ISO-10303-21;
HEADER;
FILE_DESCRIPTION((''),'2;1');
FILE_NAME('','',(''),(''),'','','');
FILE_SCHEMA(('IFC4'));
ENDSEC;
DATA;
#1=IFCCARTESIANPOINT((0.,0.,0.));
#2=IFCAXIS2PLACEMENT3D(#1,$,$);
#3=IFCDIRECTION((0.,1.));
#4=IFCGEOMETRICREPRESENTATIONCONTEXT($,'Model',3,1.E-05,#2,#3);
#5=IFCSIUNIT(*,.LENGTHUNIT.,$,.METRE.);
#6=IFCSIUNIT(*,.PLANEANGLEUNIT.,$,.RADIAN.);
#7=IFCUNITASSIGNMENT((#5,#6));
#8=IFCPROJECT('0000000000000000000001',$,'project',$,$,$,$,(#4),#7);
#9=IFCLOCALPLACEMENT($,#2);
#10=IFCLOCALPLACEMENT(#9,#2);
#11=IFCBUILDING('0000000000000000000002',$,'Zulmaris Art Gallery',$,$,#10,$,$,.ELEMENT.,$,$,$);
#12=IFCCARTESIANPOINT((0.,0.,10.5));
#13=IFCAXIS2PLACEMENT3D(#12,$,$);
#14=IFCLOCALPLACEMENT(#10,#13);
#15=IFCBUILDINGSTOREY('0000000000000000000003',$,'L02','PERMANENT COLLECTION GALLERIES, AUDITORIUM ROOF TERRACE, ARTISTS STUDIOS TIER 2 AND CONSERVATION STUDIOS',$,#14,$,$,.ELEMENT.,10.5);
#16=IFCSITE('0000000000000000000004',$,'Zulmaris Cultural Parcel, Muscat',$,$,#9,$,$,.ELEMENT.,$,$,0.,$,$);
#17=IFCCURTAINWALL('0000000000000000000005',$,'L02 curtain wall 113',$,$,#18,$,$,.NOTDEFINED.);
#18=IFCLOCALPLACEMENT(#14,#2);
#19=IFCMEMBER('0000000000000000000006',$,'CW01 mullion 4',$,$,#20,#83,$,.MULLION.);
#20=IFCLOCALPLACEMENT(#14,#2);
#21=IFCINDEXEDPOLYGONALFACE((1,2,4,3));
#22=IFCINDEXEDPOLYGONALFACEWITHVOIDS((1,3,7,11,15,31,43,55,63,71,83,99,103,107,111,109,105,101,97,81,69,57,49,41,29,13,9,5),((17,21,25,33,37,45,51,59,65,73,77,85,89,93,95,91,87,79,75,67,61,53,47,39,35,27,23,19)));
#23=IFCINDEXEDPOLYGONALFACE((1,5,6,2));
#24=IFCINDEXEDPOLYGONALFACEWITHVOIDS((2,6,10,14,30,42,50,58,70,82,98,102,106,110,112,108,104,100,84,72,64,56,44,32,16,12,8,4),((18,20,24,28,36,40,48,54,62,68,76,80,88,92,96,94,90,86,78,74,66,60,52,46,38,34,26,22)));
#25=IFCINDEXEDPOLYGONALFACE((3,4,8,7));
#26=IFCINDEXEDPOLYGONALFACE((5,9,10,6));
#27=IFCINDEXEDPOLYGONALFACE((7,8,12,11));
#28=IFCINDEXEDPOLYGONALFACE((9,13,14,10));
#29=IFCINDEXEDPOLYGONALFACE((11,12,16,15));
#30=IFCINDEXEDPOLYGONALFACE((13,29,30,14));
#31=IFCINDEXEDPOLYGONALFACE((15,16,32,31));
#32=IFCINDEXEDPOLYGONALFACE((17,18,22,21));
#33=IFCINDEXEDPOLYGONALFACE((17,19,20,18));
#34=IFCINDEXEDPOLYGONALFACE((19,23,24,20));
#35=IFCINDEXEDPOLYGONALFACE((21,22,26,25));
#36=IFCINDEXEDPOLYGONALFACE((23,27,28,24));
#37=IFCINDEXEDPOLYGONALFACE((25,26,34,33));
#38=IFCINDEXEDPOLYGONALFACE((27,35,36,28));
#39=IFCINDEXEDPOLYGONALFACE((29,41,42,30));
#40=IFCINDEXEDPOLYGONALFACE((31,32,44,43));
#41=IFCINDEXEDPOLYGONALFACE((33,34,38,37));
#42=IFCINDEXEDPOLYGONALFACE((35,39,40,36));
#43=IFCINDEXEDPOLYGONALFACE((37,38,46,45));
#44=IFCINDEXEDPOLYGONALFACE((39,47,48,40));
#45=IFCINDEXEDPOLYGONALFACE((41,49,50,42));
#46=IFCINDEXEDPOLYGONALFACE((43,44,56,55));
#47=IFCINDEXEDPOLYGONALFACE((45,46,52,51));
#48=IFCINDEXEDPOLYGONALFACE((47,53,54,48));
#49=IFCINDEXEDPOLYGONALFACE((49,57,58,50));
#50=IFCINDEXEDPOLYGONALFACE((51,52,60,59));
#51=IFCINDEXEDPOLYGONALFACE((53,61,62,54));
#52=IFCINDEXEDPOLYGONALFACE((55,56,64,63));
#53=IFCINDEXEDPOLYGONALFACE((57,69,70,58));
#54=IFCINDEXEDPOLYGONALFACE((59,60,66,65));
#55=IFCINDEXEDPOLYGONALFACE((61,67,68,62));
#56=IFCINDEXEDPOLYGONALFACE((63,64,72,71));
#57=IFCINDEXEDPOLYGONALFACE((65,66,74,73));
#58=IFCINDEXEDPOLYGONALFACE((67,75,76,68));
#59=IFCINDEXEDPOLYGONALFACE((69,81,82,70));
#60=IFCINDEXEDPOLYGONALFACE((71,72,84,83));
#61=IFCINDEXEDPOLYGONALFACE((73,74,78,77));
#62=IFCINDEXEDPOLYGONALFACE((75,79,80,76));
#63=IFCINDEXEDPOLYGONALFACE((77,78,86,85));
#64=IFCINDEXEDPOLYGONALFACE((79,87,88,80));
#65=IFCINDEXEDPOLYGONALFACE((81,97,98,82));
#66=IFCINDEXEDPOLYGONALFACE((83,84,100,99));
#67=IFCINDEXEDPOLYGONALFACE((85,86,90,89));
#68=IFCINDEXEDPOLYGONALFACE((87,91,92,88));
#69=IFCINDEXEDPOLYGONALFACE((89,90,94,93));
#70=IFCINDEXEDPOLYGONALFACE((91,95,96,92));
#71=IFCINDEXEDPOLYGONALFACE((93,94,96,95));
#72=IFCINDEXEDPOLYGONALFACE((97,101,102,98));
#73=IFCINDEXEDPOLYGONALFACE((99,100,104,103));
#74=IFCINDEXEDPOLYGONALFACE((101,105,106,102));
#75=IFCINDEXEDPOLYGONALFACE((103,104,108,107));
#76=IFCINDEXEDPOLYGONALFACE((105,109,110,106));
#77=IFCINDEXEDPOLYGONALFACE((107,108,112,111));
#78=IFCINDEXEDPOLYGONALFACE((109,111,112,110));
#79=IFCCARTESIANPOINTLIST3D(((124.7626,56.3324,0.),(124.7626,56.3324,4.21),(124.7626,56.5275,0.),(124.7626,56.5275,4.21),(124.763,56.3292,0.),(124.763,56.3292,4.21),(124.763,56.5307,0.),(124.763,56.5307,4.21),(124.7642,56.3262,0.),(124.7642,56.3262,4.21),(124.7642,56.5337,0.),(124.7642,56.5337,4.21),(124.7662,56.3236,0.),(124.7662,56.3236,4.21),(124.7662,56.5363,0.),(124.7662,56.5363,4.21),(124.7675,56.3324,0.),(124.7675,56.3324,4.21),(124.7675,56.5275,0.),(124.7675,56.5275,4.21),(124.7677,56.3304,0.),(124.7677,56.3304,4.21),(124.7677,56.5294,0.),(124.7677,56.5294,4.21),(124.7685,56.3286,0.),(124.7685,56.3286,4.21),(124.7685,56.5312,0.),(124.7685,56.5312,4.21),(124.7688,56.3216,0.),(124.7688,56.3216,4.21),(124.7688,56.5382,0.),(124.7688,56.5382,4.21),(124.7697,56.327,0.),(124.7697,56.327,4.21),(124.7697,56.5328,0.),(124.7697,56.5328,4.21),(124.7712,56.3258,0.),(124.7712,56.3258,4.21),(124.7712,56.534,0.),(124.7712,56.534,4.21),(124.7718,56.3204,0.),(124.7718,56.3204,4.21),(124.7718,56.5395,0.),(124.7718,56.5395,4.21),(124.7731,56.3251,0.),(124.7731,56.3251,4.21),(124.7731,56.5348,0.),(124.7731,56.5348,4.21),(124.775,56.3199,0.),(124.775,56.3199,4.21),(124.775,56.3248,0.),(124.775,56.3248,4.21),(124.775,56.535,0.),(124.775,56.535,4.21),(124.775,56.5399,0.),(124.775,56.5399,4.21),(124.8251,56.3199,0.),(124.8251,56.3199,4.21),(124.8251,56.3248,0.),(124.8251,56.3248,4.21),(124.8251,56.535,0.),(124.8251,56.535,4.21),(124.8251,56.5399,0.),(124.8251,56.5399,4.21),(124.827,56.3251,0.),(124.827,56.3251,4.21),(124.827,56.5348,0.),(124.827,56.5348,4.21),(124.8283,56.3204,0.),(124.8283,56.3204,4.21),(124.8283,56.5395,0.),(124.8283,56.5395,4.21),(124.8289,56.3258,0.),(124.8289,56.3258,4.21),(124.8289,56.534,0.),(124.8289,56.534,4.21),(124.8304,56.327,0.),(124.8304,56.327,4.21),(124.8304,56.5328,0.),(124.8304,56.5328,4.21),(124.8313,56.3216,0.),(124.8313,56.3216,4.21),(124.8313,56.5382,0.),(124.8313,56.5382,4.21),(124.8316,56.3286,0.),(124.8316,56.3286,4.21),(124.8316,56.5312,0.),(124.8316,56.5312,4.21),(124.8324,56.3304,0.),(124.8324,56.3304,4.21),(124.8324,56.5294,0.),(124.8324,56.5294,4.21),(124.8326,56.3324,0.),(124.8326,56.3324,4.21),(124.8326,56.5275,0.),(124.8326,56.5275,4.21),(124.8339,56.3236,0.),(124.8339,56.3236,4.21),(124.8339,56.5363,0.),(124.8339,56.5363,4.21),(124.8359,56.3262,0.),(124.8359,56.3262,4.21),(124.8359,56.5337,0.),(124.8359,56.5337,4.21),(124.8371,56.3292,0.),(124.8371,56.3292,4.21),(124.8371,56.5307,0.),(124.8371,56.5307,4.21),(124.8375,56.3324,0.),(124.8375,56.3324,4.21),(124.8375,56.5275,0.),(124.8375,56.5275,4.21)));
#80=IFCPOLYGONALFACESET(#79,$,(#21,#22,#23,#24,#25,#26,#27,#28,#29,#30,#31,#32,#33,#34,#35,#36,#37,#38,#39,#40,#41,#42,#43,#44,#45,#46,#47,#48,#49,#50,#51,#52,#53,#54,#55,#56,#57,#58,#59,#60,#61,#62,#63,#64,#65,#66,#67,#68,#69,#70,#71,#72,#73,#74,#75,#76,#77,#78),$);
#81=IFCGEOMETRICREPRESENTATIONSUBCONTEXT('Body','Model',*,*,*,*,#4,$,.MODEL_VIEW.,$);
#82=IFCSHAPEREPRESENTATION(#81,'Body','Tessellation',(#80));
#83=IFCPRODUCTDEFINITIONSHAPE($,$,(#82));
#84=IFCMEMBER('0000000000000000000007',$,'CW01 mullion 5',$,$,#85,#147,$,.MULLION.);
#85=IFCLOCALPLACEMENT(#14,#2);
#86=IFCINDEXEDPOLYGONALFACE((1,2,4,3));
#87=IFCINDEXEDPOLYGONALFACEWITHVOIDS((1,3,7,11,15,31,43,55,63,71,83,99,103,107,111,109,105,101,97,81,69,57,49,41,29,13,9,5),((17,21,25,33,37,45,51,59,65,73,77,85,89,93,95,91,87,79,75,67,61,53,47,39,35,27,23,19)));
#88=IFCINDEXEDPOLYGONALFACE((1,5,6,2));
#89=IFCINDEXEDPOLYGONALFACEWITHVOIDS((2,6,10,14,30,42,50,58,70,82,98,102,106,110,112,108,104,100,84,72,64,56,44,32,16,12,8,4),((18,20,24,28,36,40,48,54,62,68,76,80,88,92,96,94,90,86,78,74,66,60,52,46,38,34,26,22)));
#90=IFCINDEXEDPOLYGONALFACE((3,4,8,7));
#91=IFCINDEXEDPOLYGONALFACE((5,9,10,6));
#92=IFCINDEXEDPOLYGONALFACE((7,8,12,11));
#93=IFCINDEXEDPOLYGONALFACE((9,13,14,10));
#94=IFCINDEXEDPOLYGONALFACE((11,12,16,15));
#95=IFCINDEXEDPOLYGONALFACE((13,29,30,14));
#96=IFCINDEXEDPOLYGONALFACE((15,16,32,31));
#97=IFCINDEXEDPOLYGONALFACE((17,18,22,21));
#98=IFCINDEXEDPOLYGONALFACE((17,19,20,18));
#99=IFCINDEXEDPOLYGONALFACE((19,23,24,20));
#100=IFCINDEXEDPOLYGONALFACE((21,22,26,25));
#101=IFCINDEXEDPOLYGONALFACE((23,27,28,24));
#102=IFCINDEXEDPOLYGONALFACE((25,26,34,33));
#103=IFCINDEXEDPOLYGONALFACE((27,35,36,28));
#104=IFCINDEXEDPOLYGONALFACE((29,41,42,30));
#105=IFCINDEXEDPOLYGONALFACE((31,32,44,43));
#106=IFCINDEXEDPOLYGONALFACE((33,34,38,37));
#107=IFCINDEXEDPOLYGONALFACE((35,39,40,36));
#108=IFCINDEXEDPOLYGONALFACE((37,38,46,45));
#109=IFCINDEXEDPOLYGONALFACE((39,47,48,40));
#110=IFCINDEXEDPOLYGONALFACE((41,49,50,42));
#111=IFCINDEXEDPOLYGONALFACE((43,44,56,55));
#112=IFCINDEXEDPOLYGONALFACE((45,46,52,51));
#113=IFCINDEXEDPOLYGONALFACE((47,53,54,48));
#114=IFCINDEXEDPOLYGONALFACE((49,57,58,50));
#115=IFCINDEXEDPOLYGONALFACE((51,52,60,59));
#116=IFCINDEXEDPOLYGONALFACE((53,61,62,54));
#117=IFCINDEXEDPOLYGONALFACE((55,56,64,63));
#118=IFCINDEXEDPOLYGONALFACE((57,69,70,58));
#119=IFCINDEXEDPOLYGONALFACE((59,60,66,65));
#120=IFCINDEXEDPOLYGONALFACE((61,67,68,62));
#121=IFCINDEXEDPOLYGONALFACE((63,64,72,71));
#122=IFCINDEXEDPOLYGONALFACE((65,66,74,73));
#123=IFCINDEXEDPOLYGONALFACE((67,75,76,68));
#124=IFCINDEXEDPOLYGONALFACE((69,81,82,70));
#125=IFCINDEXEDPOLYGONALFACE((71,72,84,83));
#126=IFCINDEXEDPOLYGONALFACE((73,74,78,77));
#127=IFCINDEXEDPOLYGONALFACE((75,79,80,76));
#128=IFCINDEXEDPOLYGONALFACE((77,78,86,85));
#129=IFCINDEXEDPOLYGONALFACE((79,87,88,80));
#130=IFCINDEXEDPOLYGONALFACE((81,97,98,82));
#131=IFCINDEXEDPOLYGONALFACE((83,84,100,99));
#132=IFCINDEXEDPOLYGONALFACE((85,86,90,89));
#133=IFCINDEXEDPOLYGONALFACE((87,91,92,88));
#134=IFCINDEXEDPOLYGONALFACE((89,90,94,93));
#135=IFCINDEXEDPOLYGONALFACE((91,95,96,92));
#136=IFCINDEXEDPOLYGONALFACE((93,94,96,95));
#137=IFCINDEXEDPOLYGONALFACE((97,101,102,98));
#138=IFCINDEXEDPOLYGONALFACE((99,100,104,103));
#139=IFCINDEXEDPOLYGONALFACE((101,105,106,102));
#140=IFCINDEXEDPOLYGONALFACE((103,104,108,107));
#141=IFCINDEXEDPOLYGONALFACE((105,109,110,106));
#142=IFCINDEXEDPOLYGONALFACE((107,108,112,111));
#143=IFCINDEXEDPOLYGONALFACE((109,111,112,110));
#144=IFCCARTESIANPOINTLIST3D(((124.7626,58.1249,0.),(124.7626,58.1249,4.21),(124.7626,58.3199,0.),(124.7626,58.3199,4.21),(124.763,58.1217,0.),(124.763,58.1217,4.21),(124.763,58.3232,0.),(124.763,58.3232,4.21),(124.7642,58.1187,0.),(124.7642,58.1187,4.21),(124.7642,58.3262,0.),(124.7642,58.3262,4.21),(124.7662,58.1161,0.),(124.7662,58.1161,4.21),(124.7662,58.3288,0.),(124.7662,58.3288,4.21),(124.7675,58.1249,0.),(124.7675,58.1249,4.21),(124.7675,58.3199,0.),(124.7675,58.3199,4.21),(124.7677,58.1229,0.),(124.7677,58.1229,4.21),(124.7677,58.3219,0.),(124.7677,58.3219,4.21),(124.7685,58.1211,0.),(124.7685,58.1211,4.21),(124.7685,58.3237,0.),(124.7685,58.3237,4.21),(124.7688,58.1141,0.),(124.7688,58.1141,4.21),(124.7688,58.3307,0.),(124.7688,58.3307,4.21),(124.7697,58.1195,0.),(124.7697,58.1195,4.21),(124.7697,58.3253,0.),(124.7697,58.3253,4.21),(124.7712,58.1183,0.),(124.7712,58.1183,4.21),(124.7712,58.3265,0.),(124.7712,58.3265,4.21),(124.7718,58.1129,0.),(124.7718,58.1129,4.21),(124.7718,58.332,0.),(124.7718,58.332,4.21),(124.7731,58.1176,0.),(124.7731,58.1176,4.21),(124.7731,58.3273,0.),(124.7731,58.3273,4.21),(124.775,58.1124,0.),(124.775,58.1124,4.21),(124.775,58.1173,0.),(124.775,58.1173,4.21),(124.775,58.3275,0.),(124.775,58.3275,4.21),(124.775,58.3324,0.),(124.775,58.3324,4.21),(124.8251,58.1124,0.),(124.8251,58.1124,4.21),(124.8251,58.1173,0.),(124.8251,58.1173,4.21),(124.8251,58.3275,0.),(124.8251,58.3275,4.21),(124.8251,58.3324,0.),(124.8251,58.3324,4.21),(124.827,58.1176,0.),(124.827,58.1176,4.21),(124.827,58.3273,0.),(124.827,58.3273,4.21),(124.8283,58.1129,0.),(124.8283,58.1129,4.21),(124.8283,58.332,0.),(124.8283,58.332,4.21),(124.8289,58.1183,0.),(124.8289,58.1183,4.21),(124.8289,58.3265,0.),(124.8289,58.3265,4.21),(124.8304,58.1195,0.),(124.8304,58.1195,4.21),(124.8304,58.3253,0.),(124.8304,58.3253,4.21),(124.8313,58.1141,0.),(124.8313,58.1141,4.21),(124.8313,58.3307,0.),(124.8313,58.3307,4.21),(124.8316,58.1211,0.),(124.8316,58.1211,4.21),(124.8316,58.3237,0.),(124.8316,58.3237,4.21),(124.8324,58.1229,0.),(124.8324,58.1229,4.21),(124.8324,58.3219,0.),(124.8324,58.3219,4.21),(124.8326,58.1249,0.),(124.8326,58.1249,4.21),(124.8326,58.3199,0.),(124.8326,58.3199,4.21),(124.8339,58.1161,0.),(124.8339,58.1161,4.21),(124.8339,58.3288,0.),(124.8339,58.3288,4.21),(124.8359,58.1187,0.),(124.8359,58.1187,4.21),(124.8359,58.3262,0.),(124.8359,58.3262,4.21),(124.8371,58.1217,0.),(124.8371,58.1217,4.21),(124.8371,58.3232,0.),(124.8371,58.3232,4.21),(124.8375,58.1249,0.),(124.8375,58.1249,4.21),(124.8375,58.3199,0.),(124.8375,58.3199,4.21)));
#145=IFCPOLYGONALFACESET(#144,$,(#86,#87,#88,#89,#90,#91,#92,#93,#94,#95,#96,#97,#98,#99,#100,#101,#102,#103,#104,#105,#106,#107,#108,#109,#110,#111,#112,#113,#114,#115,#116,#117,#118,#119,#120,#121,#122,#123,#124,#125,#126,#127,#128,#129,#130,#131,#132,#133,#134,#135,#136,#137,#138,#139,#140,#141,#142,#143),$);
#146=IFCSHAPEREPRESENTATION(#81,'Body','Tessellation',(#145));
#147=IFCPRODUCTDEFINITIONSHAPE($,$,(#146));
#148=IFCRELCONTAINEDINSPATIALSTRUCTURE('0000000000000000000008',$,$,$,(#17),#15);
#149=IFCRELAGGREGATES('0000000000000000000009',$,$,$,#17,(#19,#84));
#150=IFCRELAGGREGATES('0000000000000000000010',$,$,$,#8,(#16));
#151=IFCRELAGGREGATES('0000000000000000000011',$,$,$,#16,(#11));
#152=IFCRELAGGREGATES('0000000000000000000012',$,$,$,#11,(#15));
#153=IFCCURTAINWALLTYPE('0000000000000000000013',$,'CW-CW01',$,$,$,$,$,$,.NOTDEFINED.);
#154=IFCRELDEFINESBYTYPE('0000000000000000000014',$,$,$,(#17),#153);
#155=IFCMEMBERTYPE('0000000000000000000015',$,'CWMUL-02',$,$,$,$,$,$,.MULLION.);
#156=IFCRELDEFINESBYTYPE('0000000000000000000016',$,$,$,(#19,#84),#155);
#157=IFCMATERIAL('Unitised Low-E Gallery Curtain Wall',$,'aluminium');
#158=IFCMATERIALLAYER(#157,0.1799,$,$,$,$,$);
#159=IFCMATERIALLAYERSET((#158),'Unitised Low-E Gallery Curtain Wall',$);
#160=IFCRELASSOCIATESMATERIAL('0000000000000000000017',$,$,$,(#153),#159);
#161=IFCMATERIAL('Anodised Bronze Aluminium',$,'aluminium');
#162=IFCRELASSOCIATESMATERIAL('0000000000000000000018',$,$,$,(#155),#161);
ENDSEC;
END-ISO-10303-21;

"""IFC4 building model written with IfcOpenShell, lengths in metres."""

from ifc_helpers import new_model, si_unit, direction, frame, origin, origin_2d, place, context, subcontext, project, spatial, hollow_rectangle, extrude, material, layer, layer_set, material_profile, profile_set, type_object, element, aggregate, save


model = new_model("IFC4")

# Units and contexts
model_context = context("Model", 3, precision=1e-05, world=origin(), true_north=direction((0.0, 1.0)))
body_context = subcontext(model_context, "Body", "Model", "MODEL_VIEW")
ifc_project = project(units=[si_unit("LENGTHUNIT", "METRE"), si_unit("PLANEANGLEUNIT", "RADIAN")], contexts=[model_context])

# Site, building, storey
site_placement = place(None, origin())
site = spatial("IfcSite", under=ifc_project, at=site_placement, Name="Zulmaris Cultural Parcel, Muscat", CompositionType="ELEMENT", RefElevation=0.0)
building_placement = place(site_placement, origin())
building = spatial("IfcBuilding", under=site, at=building_placement, Name="Zulmaris Art Gallery", CompositionType="ELEMENT")
storey_placement = place(building_placement, frame((0.0, 0.0, 10.5)))
storey = spatial("IfcBuildingStorey", under=building, at=storey_placement, Name="L02", Description="PERMANENT COLLECTION GALLERIES, AUDITORIUM ROOF TERRACE, ARTISTS STUDIOS TIER 2 AND CONSERVATION STUDIOS", CompositionType="ELEMENT", Elevation=10.5)

# Curtain wall, members
ifc_material_1 = material(Name="Unitised Low-E Gallery Curtain Wall", Category="aluminium")
ifc_layer_1 = layer(ifc_material_1, 0.1799)
ifc_layer_set_1 = layer_set([ifc_layer_1], Name="Unitised Low-E Gallery Curtain Wall")
curtain_wall_type = type_object("IfcCurtainWallType", Name="CW-CW01", PredefinedType="NOTDEFINED", material=ifc_layer_set_1)
ifc_material_2 = material(Name="Anodised Bronze Aluminium", Category="aluminium")
ifc_material_profile_1 = material_profile(ifc_material_2, hollow_rectangle(XDim=0.075, YDim=0.22, WallThickness=0.0049, InnerFilletRadius=0.0076, OuterFilletRadius=0.0125, at=origin_2d()), Name="ALU 75x220x5")
ifc_profile_set_1 = profile_set([ifc_material_profile_1], Name="Anodised Bronze Aluminium")
member_type_1 = type_object("IfcMemberType", Name="CWMUL-02", PredefinedType="MULLION", material=ifc_profile_set_1)
curtain_wall_1_placement = place(storey_placement, origin())
curtain_wall_1 = element("IfcCurtainWall", 1, at=curtain_wall_1_placement, inside=storey, type_object=curtain_wall_type, Name="L02 curtain wall 113", PredefinedType="NOTDEFINED")
member_1_placement = place(storey_placement, frame((124.8, 56.4299, 0.0), z_axis=(0.0, 0.0, 1.0), x_axis=(-1.0, 0.0, 0.0)))
member_1 = element("IfcMember", 2, at=member_1_placement, type_object=member_type_1, Name="CW01 mullion 4", PredefinedType="MULLION", context=body_context, shape_type="SweptSolid", body=[
    extrude(hollow_rectangle(XDim=0.075, YDim=0.22, WallThickness=0.0049, InnerFilletRadius=0.0076, OuterFilletRadius=0.0125, at=origin_2d()), origin(), (0.0, 0.0, 1.0), 4.21),
])
member_2_placement = place(storey_placement, frame((124.8, 58.2224, 0.0), z_axis=(0.0, 0.0, 1.0), x_axis=(-1.0, 0.0, 0.0)))
member_2 = element("IfcMember", 3, at=member_2_placement, type_object=member_type_1, Name="CW01 mullion 5", PredefinedType="MULLION", context=body_context, shape_type="SweptSolid", body=[
    extrude(hollow_rectangle(XDim=0.075, YDim=0.22, WallThickness=0.0049, InnerFilletRadius=0.0076, OuterFilletRadius=0.0125, at=origin_2d()), origin(), (0.0, 0.0, 1.0), 4.21),
])

aggregate(curtain_wall_1, [member_1, member_2])

save(model, "model.ifc")
